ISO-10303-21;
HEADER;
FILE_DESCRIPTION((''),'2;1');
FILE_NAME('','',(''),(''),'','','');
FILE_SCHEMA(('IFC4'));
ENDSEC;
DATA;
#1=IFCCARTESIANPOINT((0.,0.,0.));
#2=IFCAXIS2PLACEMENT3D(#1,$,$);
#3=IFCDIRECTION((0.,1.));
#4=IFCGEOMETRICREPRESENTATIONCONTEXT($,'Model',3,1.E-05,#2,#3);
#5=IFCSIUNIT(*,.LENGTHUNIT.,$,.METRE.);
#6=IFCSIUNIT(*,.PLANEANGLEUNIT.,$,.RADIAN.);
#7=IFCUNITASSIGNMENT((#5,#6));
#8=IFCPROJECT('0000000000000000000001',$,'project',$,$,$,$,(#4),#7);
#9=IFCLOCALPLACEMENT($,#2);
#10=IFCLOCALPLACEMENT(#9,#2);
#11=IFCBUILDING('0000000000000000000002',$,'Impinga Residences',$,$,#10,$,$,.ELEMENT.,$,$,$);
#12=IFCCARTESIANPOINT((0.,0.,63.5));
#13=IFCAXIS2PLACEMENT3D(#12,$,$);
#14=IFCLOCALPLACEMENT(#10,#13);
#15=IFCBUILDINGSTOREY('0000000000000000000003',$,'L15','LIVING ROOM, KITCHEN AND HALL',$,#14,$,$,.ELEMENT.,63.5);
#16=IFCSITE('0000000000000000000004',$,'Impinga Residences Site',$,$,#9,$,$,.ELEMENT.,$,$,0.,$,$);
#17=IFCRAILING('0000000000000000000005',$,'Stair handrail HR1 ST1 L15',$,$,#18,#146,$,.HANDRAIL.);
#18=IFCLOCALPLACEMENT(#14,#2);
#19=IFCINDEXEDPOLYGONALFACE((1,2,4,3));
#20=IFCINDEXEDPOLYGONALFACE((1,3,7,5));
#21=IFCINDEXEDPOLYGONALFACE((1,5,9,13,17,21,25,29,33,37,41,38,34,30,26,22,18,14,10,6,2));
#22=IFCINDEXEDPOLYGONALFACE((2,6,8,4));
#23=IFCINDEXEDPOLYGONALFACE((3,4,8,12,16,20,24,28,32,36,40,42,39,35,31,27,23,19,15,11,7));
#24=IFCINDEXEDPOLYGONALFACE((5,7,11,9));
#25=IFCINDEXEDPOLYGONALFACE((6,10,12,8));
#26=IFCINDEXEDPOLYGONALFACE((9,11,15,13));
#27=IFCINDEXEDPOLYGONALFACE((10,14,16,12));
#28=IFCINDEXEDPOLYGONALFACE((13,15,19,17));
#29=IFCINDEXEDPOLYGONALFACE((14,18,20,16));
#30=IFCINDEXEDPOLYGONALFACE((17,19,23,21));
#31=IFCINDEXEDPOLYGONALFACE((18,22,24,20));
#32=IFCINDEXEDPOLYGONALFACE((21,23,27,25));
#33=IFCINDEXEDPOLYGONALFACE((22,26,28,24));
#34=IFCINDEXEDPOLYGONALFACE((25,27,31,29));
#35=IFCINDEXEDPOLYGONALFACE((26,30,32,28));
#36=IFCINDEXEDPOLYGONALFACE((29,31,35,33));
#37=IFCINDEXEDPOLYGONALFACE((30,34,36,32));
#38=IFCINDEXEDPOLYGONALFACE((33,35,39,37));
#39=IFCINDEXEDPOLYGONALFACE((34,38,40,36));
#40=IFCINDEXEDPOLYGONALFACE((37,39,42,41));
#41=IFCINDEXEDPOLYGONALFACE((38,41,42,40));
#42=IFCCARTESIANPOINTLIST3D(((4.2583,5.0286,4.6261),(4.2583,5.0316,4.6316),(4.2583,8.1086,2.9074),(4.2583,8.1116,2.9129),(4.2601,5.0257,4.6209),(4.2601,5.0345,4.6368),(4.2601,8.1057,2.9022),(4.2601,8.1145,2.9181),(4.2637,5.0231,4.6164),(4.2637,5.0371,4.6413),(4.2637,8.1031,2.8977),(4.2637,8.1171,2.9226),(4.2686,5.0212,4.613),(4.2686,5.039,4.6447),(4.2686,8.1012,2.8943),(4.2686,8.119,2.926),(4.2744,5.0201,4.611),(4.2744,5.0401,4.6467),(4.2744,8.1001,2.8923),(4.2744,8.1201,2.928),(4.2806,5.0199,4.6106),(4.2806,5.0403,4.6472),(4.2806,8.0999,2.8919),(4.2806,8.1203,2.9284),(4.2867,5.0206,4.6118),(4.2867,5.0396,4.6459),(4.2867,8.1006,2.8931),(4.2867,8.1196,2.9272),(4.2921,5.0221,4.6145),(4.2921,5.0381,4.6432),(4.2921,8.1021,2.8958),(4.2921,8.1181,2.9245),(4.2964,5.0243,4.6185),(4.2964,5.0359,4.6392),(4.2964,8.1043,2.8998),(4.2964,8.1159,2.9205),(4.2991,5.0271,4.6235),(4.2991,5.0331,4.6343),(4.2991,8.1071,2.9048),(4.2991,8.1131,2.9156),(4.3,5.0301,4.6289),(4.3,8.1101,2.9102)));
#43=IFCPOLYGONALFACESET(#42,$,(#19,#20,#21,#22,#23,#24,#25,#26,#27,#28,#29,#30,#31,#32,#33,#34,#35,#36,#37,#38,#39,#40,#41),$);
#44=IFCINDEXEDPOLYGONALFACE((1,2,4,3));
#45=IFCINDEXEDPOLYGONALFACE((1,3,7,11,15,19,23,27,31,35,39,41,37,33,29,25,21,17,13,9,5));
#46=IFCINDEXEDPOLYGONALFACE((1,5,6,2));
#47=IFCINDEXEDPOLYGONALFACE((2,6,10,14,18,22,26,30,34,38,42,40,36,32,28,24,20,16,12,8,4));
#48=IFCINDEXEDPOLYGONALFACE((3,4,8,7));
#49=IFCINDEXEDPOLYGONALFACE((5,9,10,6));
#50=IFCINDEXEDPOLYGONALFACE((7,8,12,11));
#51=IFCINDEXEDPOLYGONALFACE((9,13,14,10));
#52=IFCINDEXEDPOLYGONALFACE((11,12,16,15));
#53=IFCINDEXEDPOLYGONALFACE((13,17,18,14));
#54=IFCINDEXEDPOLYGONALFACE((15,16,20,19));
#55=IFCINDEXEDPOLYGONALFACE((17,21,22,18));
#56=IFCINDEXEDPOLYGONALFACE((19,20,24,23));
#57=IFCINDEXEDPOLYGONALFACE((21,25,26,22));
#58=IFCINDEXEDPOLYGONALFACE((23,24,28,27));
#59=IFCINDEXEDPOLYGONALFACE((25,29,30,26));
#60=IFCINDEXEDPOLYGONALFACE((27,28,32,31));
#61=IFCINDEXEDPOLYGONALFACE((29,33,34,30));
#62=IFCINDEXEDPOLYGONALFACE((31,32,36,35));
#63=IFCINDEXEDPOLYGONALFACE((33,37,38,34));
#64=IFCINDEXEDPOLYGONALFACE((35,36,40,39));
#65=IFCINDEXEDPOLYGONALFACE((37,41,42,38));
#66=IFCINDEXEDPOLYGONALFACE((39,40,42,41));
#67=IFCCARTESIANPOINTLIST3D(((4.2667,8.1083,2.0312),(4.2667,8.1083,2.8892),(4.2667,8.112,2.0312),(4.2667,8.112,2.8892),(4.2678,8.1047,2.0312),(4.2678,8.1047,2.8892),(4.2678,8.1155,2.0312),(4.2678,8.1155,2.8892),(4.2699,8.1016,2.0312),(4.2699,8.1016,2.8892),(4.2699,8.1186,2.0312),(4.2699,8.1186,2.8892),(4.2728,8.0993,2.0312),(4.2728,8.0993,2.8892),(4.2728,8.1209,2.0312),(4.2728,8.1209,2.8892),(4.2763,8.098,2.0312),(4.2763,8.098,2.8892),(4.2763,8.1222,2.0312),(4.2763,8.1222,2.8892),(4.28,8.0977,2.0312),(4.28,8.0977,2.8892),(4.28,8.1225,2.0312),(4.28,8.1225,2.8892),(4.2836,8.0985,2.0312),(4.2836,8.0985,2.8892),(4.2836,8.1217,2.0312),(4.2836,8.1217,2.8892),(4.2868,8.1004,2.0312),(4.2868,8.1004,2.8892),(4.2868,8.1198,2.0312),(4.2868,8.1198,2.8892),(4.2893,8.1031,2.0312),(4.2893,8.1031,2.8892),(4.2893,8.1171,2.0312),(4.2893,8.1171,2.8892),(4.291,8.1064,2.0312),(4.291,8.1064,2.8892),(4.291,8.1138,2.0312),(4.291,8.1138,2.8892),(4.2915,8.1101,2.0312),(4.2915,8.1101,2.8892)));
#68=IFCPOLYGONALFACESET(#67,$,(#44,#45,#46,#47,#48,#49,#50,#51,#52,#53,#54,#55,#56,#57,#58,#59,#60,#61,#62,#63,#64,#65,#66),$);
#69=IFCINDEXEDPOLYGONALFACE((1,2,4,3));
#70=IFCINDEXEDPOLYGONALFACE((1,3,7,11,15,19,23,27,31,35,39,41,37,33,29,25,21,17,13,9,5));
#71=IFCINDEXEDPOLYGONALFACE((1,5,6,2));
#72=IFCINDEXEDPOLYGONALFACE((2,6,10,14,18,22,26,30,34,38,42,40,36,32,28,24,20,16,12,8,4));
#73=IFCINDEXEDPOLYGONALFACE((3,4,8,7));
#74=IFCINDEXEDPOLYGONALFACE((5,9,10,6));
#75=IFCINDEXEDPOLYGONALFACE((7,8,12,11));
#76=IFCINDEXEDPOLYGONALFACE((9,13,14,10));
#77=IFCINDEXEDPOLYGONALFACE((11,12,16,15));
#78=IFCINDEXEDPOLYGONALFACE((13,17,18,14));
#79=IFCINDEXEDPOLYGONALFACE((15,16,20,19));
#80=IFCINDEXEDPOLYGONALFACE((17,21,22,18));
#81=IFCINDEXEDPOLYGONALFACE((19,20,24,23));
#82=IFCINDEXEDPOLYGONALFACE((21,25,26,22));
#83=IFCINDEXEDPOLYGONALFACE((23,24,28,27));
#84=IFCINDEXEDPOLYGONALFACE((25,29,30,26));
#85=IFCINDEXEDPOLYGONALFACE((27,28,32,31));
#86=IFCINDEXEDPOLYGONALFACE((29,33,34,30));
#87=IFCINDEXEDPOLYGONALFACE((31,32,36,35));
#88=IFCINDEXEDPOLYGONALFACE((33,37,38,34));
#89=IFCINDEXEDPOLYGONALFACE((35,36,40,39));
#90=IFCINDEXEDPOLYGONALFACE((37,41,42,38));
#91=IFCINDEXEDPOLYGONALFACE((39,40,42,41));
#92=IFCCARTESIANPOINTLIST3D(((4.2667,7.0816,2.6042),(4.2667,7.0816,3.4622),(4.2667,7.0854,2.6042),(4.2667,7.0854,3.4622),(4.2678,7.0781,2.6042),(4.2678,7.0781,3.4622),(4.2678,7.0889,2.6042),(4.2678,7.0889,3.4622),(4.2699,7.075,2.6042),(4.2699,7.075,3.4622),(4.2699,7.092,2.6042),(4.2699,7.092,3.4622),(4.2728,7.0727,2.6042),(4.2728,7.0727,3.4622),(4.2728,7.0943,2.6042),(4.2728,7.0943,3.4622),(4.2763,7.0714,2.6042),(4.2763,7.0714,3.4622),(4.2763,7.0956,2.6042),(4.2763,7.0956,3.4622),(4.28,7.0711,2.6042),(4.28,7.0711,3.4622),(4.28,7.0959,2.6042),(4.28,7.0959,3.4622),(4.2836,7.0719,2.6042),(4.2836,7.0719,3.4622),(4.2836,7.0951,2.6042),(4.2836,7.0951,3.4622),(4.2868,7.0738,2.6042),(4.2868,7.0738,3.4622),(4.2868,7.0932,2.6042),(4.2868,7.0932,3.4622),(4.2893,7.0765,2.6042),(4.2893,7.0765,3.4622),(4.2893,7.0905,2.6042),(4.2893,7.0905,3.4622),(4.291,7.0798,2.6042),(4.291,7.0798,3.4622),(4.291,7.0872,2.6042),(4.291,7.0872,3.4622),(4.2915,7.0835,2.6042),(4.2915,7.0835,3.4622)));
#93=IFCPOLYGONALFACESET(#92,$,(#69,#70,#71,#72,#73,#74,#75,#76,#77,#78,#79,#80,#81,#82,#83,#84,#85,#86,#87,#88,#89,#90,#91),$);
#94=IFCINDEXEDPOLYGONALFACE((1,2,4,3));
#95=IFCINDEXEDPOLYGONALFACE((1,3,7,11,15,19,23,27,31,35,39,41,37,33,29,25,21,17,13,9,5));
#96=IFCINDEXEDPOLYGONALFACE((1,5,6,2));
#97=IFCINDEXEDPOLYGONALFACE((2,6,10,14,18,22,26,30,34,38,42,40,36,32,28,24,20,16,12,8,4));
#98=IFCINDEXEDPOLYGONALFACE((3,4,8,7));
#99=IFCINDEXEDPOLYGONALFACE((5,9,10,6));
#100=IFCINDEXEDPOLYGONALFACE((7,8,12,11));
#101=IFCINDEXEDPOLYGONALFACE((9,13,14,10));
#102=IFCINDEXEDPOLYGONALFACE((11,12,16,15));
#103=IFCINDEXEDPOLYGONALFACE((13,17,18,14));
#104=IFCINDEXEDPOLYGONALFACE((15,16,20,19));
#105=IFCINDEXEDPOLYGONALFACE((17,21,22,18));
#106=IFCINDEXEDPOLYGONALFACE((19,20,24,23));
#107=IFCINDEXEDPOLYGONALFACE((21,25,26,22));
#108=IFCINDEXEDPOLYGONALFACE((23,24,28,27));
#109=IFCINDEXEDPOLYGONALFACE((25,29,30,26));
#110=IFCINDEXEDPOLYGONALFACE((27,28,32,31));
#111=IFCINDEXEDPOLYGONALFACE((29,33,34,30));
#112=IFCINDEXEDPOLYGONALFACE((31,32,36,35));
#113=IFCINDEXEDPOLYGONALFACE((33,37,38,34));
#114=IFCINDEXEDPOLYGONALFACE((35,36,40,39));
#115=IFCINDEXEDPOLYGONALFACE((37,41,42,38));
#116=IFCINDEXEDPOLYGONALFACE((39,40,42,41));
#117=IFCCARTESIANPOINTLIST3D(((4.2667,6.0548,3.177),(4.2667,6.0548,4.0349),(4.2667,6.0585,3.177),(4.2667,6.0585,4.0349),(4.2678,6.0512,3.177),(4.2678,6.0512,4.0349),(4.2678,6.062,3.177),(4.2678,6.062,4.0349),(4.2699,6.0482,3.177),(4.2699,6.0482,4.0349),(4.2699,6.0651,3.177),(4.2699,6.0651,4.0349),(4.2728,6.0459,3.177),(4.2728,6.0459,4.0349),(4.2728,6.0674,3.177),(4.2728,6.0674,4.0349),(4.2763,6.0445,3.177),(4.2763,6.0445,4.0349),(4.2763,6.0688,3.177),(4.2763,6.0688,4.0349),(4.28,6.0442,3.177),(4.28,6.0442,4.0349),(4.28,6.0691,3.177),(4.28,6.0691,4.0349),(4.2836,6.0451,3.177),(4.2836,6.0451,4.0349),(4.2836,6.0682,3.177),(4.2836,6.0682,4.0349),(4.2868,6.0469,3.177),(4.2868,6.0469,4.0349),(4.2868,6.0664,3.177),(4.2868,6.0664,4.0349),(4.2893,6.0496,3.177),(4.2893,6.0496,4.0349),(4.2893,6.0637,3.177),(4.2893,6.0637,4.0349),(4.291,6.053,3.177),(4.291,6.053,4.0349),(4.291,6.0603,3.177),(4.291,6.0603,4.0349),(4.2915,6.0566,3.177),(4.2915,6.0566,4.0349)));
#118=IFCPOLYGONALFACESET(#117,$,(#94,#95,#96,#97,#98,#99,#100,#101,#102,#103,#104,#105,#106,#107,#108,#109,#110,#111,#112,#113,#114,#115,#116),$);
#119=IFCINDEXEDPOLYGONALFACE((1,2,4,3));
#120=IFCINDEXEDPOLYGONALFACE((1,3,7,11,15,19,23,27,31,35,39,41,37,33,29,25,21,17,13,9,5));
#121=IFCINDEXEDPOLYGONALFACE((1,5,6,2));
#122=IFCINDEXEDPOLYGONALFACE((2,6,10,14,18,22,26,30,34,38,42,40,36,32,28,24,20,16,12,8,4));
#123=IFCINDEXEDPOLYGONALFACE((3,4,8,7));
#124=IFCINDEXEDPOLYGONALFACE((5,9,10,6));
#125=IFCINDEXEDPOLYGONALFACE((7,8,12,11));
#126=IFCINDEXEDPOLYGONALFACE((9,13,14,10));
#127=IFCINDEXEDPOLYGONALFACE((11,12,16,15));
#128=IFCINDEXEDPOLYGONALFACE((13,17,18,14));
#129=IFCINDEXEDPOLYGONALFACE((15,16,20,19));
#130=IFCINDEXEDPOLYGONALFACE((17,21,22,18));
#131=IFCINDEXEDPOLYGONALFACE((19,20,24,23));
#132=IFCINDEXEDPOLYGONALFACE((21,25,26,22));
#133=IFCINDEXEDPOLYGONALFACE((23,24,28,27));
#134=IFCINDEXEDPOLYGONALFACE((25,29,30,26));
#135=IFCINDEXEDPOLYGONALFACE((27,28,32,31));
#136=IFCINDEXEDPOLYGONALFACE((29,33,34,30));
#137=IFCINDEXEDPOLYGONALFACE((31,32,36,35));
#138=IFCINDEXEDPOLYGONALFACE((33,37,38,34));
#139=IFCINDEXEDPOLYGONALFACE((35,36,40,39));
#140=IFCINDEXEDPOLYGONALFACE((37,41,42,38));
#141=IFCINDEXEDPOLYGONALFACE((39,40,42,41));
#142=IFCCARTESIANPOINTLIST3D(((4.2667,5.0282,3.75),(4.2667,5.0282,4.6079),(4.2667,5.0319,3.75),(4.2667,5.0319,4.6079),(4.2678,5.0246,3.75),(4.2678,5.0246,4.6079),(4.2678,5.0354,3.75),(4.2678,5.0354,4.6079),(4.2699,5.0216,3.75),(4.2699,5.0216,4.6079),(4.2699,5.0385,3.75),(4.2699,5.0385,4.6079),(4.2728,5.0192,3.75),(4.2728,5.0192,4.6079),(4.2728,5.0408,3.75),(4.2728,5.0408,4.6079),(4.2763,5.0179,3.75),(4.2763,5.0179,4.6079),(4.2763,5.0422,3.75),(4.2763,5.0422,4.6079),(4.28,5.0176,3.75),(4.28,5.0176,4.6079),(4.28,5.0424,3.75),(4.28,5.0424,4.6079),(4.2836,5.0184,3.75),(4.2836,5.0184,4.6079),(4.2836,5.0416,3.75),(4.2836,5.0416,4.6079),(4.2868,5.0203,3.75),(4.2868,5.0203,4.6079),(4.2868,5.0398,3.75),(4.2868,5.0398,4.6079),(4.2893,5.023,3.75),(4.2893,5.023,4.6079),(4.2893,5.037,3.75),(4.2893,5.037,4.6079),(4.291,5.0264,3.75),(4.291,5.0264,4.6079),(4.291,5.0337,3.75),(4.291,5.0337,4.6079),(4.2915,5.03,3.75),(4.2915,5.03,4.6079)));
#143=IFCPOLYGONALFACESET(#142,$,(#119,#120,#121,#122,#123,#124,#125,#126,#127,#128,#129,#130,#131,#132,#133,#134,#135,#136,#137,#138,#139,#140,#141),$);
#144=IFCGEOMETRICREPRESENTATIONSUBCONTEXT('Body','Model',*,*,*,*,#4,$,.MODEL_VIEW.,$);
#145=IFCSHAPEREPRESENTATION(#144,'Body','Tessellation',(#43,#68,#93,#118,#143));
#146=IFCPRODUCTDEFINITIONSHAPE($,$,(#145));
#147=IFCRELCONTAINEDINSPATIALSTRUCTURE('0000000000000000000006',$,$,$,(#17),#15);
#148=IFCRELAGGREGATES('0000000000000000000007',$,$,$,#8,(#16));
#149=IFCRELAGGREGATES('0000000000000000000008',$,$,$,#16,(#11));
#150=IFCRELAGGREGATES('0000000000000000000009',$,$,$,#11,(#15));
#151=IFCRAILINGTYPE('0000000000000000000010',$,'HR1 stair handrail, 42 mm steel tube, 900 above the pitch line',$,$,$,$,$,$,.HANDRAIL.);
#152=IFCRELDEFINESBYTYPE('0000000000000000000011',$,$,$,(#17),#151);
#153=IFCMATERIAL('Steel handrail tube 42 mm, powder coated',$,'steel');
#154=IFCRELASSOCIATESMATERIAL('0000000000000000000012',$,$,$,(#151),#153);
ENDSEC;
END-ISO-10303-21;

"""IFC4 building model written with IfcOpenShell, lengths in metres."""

from ifc_helpers import new_model, si_unit, direction, frame, origin, origin_2d, place, context, subcontext, project, spatial, circle, extrude, material, type_object, element, save


model = new_model("IFC4")

# Units and contexts
model_context = context("Model", 3, precision=1e-05, world=origin(), true_north=direction((0.0, 1.0)))
body_context = subcontext(model_context, "Body", "Model", "MODEL_VIEW")
ifc_project = project(units=[si_unit("LENGTHUNIT", "METRE"), si_unit("PLANEANGLEUNIT", "RADIAN")], contexts=[model_context])

# Site, building, storey
site_placement = place(None, origin())
site = spatial("IfcSite", under=ifc_project, at=site_placement, Name="Impinga Residences Site", CompositionType="ELEMENT", RefElevation=0.0)
building_placement = place(site_placement, origin())
building = spatial("IfcBuilding", under=site, at=building_placement, Name="Impinga Residences", CompositionType="ELEMENT")
storey_placement = place(building_placement, frame((0.0, 0.0, 63.5)))
storey = spatial("IfcBuildingStorey", under=building, at=storey_placement, Name="L15", Description="LIVING ROOM, KITCHEN AND HALL", CompositionType="ELEMENT", Elevation=63.5)

# Railing
ifc_material_1 = material(Name="Steel handrail tube 42 mm, powder coated", Category="steel")
railing_type_1 = type_object("IfcRailingType", Name="HR1 stair handrail, 42 mm steel tube, 900 above the pitch line", PredefinedType="HANDRAIL", material=ifc_material_1)
railing_1_placement = place(storey_placement, frame((4.2791, 8.1101, 2.0312)))
element("IfcRailing", 1, at=railing_1_placement, inside=storey, type_object=railing_type_1, Name="Stair handrail HR1 ST1 L15", PredefinedType="HANDRAIL", context=body_context, shape_type="SweptSolid", body=[
    extrude(circle(Radius=0.021, at=origin_2d()), frame((0.0, 0.0, 0.8789), z_axis=(0.0, -0.873242, 0.487288), x_axis=(1.0, 0.0, 0.0)), (0.0, 0.0, 1.0), 3.5271),
    extrude(circle(Radius=0.0125, at=origin_2d()), origin(), (0.0, 0.0, 1.0), 0.8579),
    extrude(circle(Radius=0.0125, at=origin_2d()), frame((0.0, -1.0266, 0.573)), (0.0, 0.0, 1.0), 0.8579),
    extrude(circle(Radius=0.0125, at=origin_2d()), frame((0.0, -2.0535, 1.1458)), (0.0, 0.0, 1.0), 0.8579),
    extrude(circle(Radius=0.0125, at=origin_2d()), frame((0.0, -3.0801, 1.7188)), (0.0, 0.0, 1.0), 0.8579),
])

save(model, "model.ifc")
